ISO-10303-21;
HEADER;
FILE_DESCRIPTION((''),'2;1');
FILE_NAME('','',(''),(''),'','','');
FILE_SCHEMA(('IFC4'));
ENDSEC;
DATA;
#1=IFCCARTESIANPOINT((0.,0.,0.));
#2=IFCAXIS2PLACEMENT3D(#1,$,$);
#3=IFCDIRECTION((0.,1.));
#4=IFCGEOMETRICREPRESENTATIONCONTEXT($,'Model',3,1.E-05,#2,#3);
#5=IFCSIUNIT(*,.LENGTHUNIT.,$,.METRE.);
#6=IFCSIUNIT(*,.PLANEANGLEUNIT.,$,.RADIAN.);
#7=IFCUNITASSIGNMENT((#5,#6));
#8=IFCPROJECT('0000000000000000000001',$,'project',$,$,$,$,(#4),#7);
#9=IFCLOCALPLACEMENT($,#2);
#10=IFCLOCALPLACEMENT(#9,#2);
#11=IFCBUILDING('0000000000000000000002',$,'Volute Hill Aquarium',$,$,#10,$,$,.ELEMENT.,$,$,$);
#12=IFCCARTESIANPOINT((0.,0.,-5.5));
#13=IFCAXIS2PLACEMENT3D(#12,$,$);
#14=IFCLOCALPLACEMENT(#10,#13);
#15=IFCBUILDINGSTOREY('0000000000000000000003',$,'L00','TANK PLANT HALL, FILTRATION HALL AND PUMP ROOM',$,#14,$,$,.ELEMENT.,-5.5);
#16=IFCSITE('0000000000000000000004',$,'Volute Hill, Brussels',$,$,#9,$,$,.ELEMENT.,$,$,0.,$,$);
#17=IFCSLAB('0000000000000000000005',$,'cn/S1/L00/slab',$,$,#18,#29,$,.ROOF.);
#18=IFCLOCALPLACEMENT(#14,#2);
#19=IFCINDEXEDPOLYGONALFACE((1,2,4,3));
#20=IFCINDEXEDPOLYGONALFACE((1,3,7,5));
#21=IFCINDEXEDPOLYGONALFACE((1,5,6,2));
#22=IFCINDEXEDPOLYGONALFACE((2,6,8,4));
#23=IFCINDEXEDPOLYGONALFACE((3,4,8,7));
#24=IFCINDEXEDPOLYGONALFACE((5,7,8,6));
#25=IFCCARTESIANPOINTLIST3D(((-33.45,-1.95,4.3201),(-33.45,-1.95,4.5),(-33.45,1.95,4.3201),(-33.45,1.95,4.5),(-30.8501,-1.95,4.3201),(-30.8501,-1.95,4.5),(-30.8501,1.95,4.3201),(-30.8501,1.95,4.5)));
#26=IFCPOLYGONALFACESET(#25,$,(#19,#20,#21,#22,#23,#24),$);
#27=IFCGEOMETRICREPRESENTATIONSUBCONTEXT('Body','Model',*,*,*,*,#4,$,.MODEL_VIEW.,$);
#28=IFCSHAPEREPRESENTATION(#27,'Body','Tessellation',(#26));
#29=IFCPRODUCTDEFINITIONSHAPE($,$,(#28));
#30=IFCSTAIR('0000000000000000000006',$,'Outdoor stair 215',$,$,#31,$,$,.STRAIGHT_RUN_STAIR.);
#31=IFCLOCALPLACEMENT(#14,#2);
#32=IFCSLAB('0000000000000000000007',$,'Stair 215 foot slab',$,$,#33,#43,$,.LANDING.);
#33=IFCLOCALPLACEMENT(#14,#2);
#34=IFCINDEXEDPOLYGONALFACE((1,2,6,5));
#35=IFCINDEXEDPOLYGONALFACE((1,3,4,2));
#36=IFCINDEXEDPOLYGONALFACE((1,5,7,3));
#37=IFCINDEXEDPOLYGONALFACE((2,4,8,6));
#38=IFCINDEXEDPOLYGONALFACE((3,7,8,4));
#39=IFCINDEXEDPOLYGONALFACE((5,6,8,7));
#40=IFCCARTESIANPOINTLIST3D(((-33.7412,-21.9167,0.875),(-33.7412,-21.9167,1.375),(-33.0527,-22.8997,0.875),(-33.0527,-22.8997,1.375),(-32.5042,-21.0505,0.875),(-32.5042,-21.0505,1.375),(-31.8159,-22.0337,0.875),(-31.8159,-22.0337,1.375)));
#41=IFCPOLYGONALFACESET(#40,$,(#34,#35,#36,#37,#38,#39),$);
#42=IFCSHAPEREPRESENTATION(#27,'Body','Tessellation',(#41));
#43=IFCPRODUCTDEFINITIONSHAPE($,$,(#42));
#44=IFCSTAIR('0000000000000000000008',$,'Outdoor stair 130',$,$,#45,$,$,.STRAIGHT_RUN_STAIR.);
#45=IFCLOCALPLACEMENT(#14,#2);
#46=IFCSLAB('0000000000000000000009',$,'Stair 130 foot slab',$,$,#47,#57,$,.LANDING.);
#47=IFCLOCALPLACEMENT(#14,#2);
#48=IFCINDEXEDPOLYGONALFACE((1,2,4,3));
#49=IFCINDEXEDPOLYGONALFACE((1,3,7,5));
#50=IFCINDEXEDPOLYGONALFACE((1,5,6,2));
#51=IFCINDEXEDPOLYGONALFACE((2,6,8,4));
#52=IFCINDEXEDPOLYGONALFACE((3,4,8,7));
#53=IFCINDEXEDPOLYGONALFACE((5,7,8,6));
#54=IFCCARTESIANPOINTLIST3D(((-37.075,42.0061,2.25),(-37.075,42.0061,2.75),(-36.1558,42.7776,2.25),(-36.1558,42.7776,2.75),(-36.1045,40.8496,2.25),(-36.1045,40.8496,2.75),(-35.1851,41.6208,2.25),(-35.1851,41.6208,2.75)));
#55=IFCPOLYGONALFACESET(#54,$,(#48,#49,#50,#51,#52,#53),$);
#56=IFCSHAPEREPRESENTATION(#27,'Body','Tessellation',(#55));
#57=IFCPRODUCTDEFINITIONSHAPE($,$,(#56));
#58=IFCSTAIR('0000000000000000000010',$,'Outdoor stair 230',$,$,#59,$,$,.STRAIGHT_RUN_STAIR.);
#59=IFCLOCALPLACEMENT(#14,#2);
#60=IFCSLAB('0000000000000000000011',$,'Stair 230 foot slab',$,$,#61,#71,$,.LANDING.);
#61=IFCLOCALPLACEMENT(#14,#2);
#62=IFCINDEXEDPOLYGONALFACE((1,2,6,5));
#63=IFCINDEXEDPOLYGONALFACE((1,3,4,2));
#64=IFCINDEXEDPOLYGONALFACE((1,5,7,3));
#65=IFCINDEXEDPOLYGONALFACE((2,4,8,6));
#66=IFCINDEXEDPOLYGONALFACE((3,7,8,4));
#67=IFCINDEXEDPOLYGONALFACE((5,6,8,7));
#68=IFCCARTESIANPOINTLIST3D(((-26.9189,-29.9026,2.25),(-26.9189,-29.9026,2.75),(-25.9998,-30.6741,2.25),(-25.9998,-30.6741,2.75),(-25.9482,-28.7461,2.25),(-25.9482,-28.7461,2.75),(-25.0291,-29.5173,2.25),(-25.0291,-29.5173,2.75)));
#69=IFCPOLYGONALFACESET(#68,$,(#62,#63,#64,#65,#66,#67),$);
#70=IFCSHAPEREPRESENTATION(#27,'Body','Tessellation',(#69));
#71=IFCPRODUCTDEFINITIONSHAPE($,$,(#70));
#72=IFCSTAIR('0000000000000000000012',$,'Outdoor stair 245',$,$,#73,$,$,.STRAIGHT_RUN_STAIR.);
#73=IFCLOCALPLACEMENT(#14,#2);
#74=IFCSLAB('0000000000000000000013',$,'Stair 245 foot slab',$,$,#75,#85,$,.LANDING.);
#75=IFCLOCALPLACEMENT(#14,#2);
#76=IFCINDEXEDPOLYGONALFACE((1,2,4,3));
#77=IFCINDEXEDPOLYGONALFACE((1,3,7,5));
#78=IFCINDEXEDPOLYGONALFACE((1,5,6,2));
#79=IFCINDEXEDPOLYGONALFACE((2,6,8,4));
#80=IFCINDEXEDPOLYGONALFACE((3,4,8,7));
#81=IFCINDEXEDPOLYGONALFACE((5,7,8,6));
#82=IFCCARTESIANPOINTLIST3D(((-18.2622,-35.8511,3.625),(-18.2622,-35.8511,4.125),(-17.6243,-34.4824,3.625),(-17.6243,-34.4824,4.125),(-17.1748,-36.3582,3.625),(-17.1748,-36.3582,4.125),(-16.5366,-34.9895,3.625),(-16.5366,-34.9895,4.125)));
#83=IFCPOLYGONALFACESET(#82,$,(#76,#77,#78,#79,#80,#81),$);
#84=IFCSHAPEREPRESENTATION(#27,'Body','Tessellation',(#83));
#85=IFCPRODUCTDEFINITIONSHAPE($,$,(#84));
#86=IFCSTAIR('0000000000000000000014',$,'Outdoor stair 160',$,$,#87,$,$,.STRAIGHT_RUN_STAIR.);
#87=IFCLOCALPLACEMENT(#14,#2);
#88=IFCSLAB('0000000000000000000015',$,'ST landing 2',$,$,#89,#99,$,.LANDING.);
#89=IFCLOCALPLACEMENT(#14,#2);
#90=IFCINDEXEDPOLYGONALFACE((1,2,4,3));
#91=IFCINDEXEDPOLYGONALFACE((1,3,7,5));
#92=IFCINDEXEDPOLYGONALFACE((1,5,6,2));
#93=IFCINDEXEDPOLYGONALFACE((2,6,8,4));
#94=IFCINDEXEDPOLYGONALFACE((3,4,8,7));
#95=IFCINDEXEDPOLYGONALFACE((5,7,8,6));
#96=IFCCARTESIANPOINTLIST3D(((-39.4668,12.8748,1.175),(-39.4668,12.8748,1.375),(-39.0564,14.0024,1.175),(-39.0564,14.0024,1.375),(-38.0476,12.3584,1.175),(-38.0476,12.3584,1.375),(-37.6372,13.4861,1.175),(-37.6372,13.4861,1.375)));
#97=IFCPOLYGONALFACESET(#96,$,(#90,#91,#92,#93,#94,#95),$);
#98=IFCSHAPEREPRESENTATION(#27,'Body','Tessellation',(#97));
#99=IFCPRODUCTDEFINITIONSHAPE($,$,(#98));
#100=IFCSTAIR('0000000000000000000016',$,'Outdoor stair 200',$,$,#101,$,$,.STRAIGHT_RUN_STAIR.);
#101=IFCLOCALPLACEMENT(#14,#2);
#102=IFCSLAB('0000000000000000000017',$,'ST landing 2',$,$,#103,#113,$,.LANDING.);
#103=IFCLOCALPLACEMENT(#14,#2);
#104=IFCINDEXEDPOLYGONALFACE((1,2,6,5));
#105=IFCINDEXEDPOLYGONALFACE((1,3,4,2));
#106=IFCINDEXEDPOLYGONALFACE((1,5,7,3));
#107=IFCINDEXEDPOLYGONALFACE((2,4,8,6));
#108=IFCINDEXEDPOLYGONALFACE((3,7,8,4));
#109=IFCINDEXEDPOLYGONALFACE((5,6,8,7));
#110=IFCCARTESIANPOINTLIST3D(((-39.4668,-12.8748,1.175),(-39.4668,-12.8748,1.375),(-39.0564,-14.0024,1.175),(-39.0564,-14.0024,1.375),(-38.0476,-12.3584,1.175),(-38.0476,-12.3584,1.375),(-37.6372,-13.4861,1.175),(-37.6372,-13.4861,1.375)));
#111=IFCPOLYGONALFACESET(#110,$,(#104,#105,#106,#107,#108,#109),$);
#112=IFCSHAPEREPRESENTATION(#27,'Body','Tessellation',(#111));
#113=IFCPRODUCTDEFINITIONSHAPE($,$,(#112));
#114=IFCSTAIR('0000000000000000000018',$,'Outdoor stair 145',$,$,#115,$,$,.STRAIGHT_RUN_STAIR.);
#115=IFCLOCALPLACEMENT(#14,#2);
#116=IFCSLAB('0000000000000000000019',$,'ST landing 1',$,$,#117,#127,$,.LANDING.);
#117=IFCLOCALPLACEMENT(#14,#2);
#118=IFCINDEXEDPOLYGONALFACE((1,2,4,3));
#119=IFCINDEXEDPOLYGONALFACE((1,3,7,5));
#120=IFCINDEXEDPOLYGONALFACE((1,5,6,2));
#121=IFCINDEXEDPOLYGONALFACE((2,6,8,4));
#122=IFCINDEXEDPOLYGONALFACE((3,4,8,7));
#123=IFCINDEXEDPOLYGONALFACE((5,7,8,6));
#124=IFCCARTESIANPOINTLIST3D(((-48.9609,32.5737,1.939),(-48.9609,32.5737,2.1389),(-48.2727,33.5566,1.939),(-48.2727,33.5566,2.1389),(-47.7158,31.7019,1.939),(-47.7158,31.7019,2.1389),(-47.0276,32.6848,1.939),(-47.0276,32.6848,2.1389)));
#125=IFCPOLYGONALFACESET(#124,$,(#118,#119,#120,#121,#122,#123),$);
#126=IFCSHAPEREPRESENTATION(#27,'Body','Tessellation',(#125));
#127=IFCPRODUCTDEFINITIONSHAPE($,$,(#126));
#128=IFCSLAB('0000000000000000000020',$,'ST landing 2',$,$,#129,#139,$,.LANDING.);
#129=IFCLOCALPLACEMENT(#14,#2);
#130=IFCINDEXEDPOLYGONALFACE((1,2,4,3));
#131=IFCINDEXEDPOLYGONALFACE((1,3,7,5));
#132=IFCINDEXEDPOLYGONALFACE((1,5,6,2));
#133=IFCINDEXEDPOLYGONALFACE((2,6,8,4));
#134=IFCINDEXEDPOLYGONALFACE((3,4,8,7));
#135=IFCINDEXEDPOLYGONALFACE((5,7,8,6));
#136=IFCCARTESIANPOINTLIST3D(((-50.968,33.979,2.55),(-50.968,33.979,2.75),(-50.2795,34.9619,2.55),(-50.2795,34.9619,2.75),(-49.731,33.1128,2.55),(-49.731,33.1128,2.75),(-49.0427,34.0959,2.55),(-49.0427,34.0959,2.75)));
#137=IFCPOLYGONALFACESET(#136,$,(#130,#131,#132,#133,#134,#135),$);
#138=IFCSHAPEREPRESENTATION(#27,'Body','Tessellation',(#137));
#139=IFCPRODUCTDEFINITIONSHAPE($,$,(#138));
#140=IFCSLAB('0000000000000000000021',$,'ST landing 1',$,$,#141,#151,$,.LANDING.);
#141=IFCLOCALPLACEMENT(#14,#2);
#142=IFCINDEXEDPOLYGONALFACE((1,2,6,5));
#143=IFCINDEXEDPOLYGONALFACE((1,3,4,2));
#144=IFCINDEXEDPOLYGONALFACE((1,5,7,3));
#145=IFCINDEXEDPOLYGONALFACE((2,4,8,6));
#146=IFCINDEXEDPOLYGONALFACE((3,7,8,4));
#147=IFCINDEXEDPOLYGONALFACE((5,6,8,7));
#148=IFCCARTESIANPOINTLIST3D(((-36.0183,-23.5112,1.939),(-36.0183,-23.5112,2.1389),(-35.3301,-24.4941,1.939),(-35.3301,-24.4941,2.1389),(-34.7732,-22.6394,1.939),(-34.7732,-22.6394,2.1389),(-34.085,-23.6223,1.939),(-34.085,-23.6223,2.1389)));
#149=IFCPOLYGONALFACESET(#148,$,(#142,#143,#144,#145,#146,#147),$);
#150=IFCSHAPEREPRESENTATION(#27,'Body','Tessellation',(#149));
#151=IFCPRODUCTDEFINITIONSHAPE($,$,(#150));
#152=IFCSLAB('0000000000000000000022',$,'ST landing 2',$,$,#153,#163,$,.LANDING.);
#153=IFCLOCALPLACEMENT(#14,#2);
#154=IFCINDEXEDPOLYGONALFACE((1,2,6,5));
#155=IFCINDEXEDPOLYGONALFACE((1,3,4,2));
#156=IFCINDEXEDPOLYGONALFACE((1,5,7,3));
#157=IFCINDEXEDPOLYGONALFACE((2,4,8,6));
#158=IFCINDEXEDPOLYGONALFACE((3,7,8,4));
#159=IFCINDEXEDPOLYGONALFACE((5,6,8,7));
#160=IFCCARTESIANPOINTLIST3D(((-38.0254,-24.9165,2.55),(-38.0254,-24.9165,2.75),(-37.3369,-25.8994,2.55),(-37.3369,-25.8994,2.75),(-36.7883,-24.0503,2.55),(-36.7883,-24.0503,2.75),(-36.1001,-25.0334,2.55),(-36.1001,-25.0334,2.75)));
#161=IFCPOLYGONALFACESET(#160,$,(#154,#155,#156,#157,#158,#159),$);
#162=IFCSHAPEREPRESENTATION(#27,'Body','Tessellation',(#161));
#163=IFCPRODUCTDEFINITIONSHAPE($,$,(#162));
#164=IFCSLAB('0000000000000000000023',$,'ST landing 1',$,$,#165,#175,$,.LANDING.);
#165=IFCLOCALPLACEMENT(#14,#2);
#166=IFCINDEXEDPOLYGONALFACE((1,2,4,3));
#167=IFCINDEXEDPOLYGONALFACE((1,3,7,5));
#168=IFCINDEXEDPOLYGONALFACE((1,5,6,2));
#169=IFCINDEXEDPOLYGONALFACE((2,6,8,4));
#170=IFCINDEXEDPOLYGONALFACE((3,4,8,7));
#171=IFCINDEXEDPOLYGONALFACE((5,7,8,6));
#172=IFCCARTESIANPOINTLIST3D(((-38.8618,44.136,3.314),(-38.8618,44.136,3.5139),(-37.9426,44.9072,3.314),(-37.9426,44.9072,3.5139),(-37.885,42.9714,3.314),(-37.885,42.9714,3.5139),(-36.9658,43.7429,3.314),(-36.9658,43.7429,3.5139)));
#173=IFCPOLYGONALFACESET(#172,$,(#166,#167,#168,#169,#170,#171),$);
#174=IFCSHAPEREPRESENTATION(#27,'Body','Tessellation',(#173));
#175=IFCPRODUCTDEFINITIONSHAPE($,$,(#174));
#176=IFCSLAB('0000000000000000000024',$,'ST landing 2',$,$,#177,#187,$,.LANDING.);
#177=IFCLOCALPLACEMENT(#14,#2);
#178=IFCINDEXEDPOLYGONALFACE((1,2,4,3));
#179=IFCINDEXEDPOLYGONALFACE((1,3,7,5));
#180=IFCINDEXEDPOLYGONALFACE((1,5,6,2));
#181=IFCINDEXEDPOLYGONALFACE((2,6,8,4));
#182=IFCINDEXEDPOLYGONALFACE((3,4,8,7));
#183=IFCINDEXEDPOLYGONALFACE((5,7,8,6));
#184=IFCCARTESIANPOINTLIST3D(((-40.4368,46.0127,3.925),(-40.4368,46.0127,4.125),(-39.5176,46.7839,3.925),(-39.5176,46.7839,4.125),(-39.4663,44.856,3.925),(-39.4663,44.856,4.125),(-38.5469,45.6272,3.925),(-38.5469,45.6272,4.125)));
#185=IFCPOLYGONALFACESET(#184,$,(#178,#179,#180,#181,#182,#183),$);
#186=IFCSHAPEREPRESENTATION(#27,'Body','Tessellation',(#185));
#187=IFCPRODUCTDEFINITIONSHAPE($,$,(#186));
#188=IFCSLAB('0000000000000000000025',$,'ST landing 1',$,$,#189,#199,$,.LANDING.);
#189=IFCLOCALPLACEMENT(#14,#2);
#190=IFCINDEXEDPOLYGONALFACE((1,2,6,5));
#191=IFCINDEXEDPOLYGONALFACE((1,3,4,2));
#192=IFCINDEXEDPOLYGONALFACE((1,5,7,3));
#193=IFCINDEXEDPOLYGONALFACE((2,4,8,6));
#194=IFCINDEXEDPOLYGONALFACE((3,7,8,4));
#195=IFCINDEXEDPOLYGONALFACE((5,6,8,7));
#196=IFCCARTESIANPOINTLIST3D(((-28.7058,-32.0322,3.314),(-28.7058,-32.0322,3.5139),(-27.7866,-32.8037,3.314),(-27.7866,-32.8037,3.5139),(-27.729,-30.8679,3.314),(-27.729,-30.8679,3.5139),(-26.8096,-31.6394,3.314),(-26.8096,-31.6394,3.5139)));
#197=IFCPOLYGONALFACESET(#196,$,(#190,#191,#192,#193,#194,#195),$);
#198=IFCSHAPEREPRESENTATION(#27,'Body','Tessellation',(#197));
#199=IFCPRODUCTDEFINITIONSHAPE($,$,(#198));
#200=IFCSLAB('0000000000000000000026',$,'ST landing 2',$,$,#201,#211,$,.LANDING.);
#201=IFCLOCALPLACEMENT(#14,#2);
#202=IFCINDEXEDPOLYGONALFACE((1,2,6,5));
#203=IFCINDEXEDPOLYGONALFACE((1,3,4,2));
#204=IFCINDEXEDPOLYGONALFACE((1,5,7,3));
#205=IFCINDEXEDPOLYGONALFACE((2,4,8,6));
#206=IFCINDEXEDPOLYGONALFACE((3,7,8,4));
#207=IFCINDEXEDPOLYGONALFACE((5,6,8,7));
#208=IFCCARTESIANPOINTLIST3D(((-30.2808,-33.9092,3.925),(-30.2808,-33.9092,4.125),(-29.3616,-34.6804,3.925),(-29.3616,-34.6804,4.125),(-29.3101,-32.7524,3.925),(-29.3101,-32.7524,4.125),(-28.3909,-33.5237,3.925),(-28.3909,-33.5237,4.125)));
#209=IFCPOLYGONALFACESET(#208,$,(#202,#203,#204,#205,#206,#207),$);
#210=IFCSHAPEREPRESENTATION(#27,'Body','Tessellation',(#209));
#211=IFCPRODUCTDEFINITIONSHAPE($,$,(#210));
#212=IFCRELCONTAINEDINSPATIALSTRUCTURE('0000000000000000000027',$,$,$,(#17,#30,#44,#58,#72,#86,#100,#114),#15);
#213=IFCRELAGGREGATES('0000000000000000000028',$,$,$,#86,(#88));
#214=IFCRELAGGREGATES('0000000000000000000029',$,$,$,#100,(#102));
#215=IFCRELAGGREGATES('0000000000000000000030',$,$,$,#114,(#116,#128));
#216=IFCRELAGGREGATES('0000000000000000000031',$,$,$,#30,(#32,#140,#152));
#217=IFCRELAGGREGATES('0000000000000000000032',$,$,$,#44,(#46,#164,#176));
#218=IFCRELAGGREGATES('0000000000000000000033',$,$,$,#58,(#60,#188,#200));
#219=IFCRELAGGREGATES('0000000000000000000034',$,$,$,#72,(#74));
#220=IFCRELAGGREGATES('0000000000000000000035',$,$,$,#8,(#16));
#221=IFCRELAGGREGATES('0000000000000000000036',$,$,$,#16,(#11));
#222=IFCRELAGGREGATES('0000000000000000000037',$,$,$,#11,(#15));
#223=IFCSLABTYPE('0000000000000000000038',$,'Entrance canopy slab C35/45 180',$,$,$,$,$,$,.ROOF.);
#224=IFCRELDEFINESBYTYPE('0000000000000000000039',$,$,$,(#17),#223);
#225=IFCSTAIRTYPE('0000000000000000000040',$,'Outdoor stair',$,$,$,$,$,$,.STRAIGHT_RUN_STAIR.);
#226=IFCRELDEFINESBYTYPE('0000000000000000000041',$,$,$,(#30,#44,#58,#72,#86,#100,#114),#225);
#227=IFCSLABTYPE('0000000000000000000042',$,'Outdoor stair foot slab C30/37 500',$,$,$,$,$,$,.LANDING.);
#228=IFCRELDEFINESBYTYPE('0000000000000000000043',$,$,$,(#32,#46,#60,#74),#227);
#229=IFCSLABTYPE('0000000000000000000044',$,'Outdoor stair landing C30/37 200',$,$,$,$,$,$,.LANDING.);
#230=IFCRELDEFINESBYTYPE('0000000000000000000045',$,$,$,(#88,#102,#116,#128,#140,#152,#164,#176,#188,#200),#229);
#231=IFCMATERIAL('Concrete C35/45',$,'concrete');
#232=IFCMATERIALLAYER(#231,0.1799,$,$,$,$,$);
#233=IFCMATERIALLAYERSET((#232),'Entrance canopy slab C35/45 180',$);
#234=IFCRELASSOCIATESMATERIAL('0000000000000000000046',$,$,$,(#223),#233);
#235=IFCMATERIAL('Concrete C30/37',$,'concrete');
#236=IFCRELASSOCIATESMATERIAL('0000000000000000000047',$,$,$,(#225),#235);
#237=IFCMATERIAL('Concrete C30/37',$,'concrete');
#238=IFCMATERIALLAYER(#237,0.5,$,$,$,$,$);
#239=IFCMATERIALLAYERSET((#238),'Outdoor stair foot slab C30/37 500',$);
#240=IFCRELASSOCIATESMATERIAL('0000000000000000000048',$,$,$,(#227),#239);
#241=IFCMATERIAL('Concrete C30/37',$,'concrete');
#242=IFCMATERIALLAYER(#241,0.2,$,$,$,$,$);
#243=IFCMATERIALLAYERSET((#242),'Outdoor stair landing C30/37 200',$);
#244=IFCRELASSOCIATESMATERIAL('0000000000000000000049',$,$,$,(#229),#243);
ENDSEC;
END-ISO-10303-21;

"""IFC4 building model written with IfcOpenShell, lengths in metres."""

from ifc_helpers import new_model, si_unit, direction, frame, origin, place, context, subcontext, project, spatial, polyline, outline, extrude, material, layer, layer_set, type_object, element, aggregate, save


model = new_model("IFC4")

# Units and contexts
model_context = context("Model", 3, precision=1e-05, world=origin(), true_north=direction((0.0, 1.0)))
body_context = subcontext(model_context, "Body", "Model", "MODEL_VIEW")
ifc_project = project(units=[si_unit("LENGTHUNIT", "METRE"), si_unit("PLANEANGLEUNIT", "RADIAN")], contexts=[model_context])

# Site, building, storey
site_placement = place(None, origin())
site = spatial("IfcSite", under=ifc_project, at=site_placement, Name="Volute Hill, Brussels", CompositionType="ELEMENT", RefElevation=0.0)
building_placement = place(site_placement, origin())
building = spatial("IfcBuilding", under=site, at=building_placement, Name="Volute Hill Aquarium", CompositionType="ELEMENT")
storey_placement = place(building_placement, frame((0.0, 0.0, -5.5)))
storey = spatial("IfcBuildingStorey", under=building, at=storey_placement, Name="L00", Description="TANK PLANT HALL, FILTRATION HALL AND PUMP ROOM", CompositionType="ELEMENT", Elevation=-5.5)

# Slab
ifc_material_1 = material(Name="Concrete C35/45", Category="concrete")
ifc_layer_1 = layer(ifc_material_1, 0.1799)
ifc_layer_set_1 = layer_set([ifc_layer_1], Name="Entrance canopy slab C35/45 180")
slab_type_1 = type_object("IfcSlabType", Name="Entrance canopy slab C35/45 180", PredefinedType="ROOF", material=ifc_layer_set_1)
slab_1_placement = place(storey_placement, frame((0.0, 0.0, 4.3201)))
element("IfcSlab", 1, at=slab_1_placement, inside=storey, type_object=slab_type_1, Name="cn/S1/L00/slab", PredefinedType="ROOF", context=body_context, shape_type="SweptSolid", body=[
    extrude(outline(polyline([(-30.8501, 1.95), (-33.45, 1.95), (-33.45, -1.95), (-30.8501, -1.95), (-30.8501, 1.95)])), origin(), (0.0, 0.0, 1.0), 0.1799),
])

# Stairs, slabs
ifc_material_2 = material(Name="Concrete C30/37", Category="concrete")
stair_type = type_object("IfcStairType", Name="Outdoor stair", PredefinedType="STRAIGHT_RUN_STAIR", material=ifc_material_2)
stair_1_placement = place(storey_placement, origin())
stair_1 = element("IfcStair", 2, at=stair_1_placement, inside=storey, type_object=stair_type, Name="Outdoor stair 215", PredefinedType="STRAIGHT_RUN_STAIR")
ifc_material_3 = material(Name="Concrete C30/37", Category="concrete")
ifc_layer_2 = layer(ifc_material_3, 0.5)
ifc_layer_set_2 = layer_set([ifc_layer_2], Name="Outdoor stair foot slab C30/37 500")
slab_type_2 = type_object("IfcSlabType", Name="Outdoor stair foot slab C30/37 500", PredefinedType="LANDING", material=ifc_layer_set_2)
slab_2_placement = place(storey_placement, frame((0.0, 0.0, 0.875)))
slab_2 = element("IfcSlab", 3, at=slab_2_placement, type_object=slab_type_2, Name="Stair 215 foot slab", PredefinedType="LANDING", context=body_context, shape_type="SweptSolid", body=[
    extrude(outline(polyline([(-32.5042, -21.0505), (-33.7412, -21.9167), (-33.0527, -22.8997), (-31.8159, -22.0337), (-32.5042, -21.0505)])), origin(), (0.0, 0.0, 1.0), 0.5),
])
stair_2_placement = place(storey_placement, origin())
stair_2 = element("IfcStair", 4, at=stair_2_placement, inside=storey, type_object=stair_type, Name="Outdoor stair 130", PredefinedType="STRAIGHT_RUN_STAIR")
slab_3_placement = place(storey_placement, frame((0.0, 0.0, 2.25)))
slab_3 = element("IfcSlab", 5, at=slab_3_placement, type_object=slab_type_2, Name="Stair 130 foot slab", PredefinedType="LANDING", context=body_context, shape_type="SweptSolid", body=[
    extrude(outline(polyline([(-35.1851, 41.6208), (-36.1558, 42.7776), (-37.075, 42.0061), (-36.1045, 40.8496), (-35.1851, 41.6208)])), origin(), (0.0, 0.0, 1.0), 0.5),
])
stair_3_placement = place(storey_placement, origin())
stair_3 = element("IfcStair", 6, at=stair_3_placement, inside=storey, type_object=stair_type, Name="Outdoor stair 230", PredefinedType="STRAIGHT_RUN_STAIR")
slab_4_placement = place(storey_placement, frame((0.0, 0.0, 2.25)))
slab_4 = element("IfcSlab", 7, at=slab_4_placement, type_object=slab_type_2, Name="Stair 230 foot slab", PredefinedType="LANDING", context=body_context, shape_type="SweptSolid", body=[
    extrude(outline(polyline([(-25.9482, -28.7461), (-26.9189, -29.9026), (-25.9998, -30.6741), (-25.0291, -29.5173), (-25.9482, -28.7461)])), origin(), (0.0, 0.0, 1.0), 0.5),
])
stair_4_placement = place(storey_placement, origin())
stair_4 = element("IfcStair", 8, at=stair_4_placement, inside=storey, type_object=stair_type, Name="Outdoor stair 245", PredefinedType="STRAIGHT_RUN_STAIR")
slab_5_placement = place(storey_placement, frame((0.0, 0.0, 3.625)))
slab_5 = element("IfcSlab", 9, at=slab_5_placement, type_object=slab_type_2, Name="Stair 245 foot slab", PredefinedType="LANDING", context=body_context, shape_type="SweptSolid", body=[
    extrude(outline(polyline([(-17.6243, -34.4824), (-18.2622, -35.8511), (-17.1748, -36.3582), (-16.5366, -34.9895), (-17.6243, -34.4824)])), origin(), (0.0, 0.0, 1.0), 0.5),
])
stair_5_placement = place(storey_placement, origin())
stair_5 = element("IfcStair", 10, at=stair_5_placement, inside=storey, type_object=stair_type, Name="Outdoor stair 160", PredefinedType="STRAIGHT_RUN_STAIR")
ifc_material_4 = material(Name="Concrete C30/37", Category="concrete")
ifc_layer_3 = layer(ifc_material_4, 0.2)
ifc_layer_set_3 = layer_set([ifc_layer_3], Name="Outdoor stair landing C30/37 200")
slab_type_3 = type_object("IfcSlabType", Name="Outdoor stair landing C30/37 200", PredefinedType="LANDING", material=ifc_layer_set_3)
slab_6_placement = place(storey_placement, frame((0.0, 0.0, 1.175)))
slab_6 = element("IfcSlab", 11, at=slab_6_placement, type_object=slab_type_3, Name="ST landing 2", PredefinedType="LANDING", context=body_context, shape_type="SweptSolid", body=[
    extrude(outline(polyline([(-37.6372, 13.4861), (-39.0564, 14.0024), (-39.4668, 12.8748), (-38.0476, 12.3584), (-37.6372, 13.4861)])), origin(), (0.0, 0.0, 1.0), 0.2),
])
aggregate(stair_5, [slab_6])
stair_6_placement = place(storey_placement, origin())
stair_6 = element("IfcStair", 12, at=stair_6_placement, inside=storey, type_object=stair_type, Name="Outdoor stair 200", PredefinedType="STRAIGHT_RUN_STAIR")
slab_7_placement = place(storey_placement, frame((0.0, 0.0, 1.175)))
slab_7 = element("IfcSlab", 13, at=slab_7_placement, type_object=slab_type_3, Name="ST landing 2", PredefinedType="LANDING", context=body_context, shape_type="SweptSolid", body=[
    extrude(outline(polyline([(-38.0476, -12.3584), (-39.4668, -12.8748), (-39.0564, -14.0024), (-37.6372, -13.4861), (-38.0476, -12.3584)])), origin(), (0.0, 0.0, 1.0), 0.2),
])
aggregate(stair_6, [slab_7])

# Stair, slabs
stair_7_placement = place(storey_placement, origin())
stair_7 = element("IfcStair", 14, at=stair_7_placement, inside=storey, type_object=stair_type, Name="Outdoor stair 145", PredefinedType="STRAIGHT_RUN_STAIR")
slab_8_placement = place(storey_placement, frame((0.0, 0.0, 1.939)))
slab_8 = element("IfcSlab", 15, at=slab_8_placement, type_object=slab_type_3, Name="ST landing 1", PredefinedType="LANDING", context=body_context, shape_type="SweptSolid", body=[
    extrude(outline(polyline([(-47.0276, 32.6848), (-48.2727, 33.5566), (-48.9609, 32.5737), (-47.7158, 31.7019), (-47.0276, 32.6848)])), origin(), (0.0, 0.0, 1.0), 0.2),
])
slab_9_placement = place(storey_placement, frame((0.0, 0.0, 2.55)))
slab_9 = element("IfcSlab", 16, at=slab_9_placement, type_object=slab_type_3, Name="ST landing 2", PredefinedType="LANDING", context=body_context, shape_type="SweptSolid", body=[
    extrude(outline(polyline([(-49.0427, 34.0959), (-50.2795, 34.9619), (-50.968, 33.979), (-49.731, 33.1128), (-49.0427, 34.0959)])), origin(), (0.0, 0.0, 1.0), 0.2),
])
aggregate(stair_7, [slab_8, slab_9])

# Slabs
slab_10_placement = place(storey_placement, frame((0.0, 0.0, 1.939)))
slab_10 = element("IfcSlab", 17, at=slab_10_placement, type_object=slab_type_3, Name="ST landing 1", PredefinedType="LANDING", context=body_context, shape_type="SweptSolid", body=[
    extrude(outline(polyline([(-34.7732, -22.6394), (-36.0183, -23.5112), (-35.3301, -24.4941), (-34.085, -23.6223), (-34.7732, -22.6394)])), origin(), (0.0, 0.0, 1.0), 0.2),
])
slab_11_placement = place(storey_placement, frame((0.0, 0.0, 2.55)))
slab_11 = element("IfcSlab", 18, at=slab_11_placement, type_object=slab_type_3, Name="ST landing 2", PredefinedType="LANDING", context=body_context, shape_type="SweptSolid", body=[
    extrude(outline(polyline([(-36.7883, -24.0503), (-38.0254, -24.9165), (-37.3369, -25.8994), (-36.1001, -25.0334), (-36.7883, -24.0503)])), origin(), (0.0, 0.0, 1.0), 0.2),
])
aggregate(stair_1, [slab_2, slab_10, slab_11])
slab_12_placement = place(storey_placement, frame((0.0, 0.0, 3.314)))
slab_12 = element("IfcSlab", 19, at=slab_12_placement, type_object=slab_type_3, Name="ST landing 1", PredefinedType="LANDING", context=body_context, shape_type="SweptSolid", body=[
    extrude(outline(polyline([(-36.9658, 43.7429), (-37.9426, 44.9072), (-38.8618, 44.136), (-37.885, 42.9714), (-36.9658, 43.7429)])), origin(), (0.0, 0.0, 1.0), 0.2),
])
slab_13_placement = place(storey_placement, frame((0.0, 0.0, 3.925)))
slab_13 = element("IfcSlab", 20, at=slab_13_placement, type_object=slab_type_3, Name="ST landing 2", PredefinedType="LANDING", context=body_context, shape_type="SweptSolid", body=[
    extrude(outline(polyline([(-38.5469, 45.6272), (-39.5176, 46.7839), (-40.4368, 46.0127), (-39.4663, 44.856), (-38.5469, 45.6272)])), origin(), (0.0, 0.0, 1.0), 0.2),
])
aggregate(stair_2, [slab_3, slab_12, slab_13])
slab_14_placement = place(storey_placement, frame((0.0, 0.0, 3.314)))
slab_14 = element("IfcSlab", 21, at=slab_14_placement, type_object=slab_type_3, Name="ST landing 1", PredefinedType="LANDING", context=body_context, shape_type="SweptSolid", body=[
    extrude(outline(polyline([(-27.729, -30.8679), (-28.7058, -32.0322), (-27.7866, -32.8037), (-26.8096, -31.6394), (-27.729, -30.8679)])), origin(), (0.0, 0.0, 1.0), 0.2),
])
slab_15_placement = place(storey_placement, frame((0.0, 0.0, 3.925)))
slab_15 = element("IfcSlab", 22, at=slab_15_placement, type_object=slab_type_3, Name="ST landing 2", PredefinedType="LANDING", context=body_context, shape_type="SweptSolid", body=[
    extrude(outline(polyline([(-29.3101, -32.7524), (-30.2808, -33.9092), (-29.3616, -34.6804), (-28.3909, -33.5237), (-29.3101, -32.7524)])), origin(), (0.0, 0.0, 1.0), 0.2),
])
aggregate(stair_3, [slab_4, slab_14, slab_15])
aggregate(stair_4, [slab_5])

save(model, "model.ifc")
